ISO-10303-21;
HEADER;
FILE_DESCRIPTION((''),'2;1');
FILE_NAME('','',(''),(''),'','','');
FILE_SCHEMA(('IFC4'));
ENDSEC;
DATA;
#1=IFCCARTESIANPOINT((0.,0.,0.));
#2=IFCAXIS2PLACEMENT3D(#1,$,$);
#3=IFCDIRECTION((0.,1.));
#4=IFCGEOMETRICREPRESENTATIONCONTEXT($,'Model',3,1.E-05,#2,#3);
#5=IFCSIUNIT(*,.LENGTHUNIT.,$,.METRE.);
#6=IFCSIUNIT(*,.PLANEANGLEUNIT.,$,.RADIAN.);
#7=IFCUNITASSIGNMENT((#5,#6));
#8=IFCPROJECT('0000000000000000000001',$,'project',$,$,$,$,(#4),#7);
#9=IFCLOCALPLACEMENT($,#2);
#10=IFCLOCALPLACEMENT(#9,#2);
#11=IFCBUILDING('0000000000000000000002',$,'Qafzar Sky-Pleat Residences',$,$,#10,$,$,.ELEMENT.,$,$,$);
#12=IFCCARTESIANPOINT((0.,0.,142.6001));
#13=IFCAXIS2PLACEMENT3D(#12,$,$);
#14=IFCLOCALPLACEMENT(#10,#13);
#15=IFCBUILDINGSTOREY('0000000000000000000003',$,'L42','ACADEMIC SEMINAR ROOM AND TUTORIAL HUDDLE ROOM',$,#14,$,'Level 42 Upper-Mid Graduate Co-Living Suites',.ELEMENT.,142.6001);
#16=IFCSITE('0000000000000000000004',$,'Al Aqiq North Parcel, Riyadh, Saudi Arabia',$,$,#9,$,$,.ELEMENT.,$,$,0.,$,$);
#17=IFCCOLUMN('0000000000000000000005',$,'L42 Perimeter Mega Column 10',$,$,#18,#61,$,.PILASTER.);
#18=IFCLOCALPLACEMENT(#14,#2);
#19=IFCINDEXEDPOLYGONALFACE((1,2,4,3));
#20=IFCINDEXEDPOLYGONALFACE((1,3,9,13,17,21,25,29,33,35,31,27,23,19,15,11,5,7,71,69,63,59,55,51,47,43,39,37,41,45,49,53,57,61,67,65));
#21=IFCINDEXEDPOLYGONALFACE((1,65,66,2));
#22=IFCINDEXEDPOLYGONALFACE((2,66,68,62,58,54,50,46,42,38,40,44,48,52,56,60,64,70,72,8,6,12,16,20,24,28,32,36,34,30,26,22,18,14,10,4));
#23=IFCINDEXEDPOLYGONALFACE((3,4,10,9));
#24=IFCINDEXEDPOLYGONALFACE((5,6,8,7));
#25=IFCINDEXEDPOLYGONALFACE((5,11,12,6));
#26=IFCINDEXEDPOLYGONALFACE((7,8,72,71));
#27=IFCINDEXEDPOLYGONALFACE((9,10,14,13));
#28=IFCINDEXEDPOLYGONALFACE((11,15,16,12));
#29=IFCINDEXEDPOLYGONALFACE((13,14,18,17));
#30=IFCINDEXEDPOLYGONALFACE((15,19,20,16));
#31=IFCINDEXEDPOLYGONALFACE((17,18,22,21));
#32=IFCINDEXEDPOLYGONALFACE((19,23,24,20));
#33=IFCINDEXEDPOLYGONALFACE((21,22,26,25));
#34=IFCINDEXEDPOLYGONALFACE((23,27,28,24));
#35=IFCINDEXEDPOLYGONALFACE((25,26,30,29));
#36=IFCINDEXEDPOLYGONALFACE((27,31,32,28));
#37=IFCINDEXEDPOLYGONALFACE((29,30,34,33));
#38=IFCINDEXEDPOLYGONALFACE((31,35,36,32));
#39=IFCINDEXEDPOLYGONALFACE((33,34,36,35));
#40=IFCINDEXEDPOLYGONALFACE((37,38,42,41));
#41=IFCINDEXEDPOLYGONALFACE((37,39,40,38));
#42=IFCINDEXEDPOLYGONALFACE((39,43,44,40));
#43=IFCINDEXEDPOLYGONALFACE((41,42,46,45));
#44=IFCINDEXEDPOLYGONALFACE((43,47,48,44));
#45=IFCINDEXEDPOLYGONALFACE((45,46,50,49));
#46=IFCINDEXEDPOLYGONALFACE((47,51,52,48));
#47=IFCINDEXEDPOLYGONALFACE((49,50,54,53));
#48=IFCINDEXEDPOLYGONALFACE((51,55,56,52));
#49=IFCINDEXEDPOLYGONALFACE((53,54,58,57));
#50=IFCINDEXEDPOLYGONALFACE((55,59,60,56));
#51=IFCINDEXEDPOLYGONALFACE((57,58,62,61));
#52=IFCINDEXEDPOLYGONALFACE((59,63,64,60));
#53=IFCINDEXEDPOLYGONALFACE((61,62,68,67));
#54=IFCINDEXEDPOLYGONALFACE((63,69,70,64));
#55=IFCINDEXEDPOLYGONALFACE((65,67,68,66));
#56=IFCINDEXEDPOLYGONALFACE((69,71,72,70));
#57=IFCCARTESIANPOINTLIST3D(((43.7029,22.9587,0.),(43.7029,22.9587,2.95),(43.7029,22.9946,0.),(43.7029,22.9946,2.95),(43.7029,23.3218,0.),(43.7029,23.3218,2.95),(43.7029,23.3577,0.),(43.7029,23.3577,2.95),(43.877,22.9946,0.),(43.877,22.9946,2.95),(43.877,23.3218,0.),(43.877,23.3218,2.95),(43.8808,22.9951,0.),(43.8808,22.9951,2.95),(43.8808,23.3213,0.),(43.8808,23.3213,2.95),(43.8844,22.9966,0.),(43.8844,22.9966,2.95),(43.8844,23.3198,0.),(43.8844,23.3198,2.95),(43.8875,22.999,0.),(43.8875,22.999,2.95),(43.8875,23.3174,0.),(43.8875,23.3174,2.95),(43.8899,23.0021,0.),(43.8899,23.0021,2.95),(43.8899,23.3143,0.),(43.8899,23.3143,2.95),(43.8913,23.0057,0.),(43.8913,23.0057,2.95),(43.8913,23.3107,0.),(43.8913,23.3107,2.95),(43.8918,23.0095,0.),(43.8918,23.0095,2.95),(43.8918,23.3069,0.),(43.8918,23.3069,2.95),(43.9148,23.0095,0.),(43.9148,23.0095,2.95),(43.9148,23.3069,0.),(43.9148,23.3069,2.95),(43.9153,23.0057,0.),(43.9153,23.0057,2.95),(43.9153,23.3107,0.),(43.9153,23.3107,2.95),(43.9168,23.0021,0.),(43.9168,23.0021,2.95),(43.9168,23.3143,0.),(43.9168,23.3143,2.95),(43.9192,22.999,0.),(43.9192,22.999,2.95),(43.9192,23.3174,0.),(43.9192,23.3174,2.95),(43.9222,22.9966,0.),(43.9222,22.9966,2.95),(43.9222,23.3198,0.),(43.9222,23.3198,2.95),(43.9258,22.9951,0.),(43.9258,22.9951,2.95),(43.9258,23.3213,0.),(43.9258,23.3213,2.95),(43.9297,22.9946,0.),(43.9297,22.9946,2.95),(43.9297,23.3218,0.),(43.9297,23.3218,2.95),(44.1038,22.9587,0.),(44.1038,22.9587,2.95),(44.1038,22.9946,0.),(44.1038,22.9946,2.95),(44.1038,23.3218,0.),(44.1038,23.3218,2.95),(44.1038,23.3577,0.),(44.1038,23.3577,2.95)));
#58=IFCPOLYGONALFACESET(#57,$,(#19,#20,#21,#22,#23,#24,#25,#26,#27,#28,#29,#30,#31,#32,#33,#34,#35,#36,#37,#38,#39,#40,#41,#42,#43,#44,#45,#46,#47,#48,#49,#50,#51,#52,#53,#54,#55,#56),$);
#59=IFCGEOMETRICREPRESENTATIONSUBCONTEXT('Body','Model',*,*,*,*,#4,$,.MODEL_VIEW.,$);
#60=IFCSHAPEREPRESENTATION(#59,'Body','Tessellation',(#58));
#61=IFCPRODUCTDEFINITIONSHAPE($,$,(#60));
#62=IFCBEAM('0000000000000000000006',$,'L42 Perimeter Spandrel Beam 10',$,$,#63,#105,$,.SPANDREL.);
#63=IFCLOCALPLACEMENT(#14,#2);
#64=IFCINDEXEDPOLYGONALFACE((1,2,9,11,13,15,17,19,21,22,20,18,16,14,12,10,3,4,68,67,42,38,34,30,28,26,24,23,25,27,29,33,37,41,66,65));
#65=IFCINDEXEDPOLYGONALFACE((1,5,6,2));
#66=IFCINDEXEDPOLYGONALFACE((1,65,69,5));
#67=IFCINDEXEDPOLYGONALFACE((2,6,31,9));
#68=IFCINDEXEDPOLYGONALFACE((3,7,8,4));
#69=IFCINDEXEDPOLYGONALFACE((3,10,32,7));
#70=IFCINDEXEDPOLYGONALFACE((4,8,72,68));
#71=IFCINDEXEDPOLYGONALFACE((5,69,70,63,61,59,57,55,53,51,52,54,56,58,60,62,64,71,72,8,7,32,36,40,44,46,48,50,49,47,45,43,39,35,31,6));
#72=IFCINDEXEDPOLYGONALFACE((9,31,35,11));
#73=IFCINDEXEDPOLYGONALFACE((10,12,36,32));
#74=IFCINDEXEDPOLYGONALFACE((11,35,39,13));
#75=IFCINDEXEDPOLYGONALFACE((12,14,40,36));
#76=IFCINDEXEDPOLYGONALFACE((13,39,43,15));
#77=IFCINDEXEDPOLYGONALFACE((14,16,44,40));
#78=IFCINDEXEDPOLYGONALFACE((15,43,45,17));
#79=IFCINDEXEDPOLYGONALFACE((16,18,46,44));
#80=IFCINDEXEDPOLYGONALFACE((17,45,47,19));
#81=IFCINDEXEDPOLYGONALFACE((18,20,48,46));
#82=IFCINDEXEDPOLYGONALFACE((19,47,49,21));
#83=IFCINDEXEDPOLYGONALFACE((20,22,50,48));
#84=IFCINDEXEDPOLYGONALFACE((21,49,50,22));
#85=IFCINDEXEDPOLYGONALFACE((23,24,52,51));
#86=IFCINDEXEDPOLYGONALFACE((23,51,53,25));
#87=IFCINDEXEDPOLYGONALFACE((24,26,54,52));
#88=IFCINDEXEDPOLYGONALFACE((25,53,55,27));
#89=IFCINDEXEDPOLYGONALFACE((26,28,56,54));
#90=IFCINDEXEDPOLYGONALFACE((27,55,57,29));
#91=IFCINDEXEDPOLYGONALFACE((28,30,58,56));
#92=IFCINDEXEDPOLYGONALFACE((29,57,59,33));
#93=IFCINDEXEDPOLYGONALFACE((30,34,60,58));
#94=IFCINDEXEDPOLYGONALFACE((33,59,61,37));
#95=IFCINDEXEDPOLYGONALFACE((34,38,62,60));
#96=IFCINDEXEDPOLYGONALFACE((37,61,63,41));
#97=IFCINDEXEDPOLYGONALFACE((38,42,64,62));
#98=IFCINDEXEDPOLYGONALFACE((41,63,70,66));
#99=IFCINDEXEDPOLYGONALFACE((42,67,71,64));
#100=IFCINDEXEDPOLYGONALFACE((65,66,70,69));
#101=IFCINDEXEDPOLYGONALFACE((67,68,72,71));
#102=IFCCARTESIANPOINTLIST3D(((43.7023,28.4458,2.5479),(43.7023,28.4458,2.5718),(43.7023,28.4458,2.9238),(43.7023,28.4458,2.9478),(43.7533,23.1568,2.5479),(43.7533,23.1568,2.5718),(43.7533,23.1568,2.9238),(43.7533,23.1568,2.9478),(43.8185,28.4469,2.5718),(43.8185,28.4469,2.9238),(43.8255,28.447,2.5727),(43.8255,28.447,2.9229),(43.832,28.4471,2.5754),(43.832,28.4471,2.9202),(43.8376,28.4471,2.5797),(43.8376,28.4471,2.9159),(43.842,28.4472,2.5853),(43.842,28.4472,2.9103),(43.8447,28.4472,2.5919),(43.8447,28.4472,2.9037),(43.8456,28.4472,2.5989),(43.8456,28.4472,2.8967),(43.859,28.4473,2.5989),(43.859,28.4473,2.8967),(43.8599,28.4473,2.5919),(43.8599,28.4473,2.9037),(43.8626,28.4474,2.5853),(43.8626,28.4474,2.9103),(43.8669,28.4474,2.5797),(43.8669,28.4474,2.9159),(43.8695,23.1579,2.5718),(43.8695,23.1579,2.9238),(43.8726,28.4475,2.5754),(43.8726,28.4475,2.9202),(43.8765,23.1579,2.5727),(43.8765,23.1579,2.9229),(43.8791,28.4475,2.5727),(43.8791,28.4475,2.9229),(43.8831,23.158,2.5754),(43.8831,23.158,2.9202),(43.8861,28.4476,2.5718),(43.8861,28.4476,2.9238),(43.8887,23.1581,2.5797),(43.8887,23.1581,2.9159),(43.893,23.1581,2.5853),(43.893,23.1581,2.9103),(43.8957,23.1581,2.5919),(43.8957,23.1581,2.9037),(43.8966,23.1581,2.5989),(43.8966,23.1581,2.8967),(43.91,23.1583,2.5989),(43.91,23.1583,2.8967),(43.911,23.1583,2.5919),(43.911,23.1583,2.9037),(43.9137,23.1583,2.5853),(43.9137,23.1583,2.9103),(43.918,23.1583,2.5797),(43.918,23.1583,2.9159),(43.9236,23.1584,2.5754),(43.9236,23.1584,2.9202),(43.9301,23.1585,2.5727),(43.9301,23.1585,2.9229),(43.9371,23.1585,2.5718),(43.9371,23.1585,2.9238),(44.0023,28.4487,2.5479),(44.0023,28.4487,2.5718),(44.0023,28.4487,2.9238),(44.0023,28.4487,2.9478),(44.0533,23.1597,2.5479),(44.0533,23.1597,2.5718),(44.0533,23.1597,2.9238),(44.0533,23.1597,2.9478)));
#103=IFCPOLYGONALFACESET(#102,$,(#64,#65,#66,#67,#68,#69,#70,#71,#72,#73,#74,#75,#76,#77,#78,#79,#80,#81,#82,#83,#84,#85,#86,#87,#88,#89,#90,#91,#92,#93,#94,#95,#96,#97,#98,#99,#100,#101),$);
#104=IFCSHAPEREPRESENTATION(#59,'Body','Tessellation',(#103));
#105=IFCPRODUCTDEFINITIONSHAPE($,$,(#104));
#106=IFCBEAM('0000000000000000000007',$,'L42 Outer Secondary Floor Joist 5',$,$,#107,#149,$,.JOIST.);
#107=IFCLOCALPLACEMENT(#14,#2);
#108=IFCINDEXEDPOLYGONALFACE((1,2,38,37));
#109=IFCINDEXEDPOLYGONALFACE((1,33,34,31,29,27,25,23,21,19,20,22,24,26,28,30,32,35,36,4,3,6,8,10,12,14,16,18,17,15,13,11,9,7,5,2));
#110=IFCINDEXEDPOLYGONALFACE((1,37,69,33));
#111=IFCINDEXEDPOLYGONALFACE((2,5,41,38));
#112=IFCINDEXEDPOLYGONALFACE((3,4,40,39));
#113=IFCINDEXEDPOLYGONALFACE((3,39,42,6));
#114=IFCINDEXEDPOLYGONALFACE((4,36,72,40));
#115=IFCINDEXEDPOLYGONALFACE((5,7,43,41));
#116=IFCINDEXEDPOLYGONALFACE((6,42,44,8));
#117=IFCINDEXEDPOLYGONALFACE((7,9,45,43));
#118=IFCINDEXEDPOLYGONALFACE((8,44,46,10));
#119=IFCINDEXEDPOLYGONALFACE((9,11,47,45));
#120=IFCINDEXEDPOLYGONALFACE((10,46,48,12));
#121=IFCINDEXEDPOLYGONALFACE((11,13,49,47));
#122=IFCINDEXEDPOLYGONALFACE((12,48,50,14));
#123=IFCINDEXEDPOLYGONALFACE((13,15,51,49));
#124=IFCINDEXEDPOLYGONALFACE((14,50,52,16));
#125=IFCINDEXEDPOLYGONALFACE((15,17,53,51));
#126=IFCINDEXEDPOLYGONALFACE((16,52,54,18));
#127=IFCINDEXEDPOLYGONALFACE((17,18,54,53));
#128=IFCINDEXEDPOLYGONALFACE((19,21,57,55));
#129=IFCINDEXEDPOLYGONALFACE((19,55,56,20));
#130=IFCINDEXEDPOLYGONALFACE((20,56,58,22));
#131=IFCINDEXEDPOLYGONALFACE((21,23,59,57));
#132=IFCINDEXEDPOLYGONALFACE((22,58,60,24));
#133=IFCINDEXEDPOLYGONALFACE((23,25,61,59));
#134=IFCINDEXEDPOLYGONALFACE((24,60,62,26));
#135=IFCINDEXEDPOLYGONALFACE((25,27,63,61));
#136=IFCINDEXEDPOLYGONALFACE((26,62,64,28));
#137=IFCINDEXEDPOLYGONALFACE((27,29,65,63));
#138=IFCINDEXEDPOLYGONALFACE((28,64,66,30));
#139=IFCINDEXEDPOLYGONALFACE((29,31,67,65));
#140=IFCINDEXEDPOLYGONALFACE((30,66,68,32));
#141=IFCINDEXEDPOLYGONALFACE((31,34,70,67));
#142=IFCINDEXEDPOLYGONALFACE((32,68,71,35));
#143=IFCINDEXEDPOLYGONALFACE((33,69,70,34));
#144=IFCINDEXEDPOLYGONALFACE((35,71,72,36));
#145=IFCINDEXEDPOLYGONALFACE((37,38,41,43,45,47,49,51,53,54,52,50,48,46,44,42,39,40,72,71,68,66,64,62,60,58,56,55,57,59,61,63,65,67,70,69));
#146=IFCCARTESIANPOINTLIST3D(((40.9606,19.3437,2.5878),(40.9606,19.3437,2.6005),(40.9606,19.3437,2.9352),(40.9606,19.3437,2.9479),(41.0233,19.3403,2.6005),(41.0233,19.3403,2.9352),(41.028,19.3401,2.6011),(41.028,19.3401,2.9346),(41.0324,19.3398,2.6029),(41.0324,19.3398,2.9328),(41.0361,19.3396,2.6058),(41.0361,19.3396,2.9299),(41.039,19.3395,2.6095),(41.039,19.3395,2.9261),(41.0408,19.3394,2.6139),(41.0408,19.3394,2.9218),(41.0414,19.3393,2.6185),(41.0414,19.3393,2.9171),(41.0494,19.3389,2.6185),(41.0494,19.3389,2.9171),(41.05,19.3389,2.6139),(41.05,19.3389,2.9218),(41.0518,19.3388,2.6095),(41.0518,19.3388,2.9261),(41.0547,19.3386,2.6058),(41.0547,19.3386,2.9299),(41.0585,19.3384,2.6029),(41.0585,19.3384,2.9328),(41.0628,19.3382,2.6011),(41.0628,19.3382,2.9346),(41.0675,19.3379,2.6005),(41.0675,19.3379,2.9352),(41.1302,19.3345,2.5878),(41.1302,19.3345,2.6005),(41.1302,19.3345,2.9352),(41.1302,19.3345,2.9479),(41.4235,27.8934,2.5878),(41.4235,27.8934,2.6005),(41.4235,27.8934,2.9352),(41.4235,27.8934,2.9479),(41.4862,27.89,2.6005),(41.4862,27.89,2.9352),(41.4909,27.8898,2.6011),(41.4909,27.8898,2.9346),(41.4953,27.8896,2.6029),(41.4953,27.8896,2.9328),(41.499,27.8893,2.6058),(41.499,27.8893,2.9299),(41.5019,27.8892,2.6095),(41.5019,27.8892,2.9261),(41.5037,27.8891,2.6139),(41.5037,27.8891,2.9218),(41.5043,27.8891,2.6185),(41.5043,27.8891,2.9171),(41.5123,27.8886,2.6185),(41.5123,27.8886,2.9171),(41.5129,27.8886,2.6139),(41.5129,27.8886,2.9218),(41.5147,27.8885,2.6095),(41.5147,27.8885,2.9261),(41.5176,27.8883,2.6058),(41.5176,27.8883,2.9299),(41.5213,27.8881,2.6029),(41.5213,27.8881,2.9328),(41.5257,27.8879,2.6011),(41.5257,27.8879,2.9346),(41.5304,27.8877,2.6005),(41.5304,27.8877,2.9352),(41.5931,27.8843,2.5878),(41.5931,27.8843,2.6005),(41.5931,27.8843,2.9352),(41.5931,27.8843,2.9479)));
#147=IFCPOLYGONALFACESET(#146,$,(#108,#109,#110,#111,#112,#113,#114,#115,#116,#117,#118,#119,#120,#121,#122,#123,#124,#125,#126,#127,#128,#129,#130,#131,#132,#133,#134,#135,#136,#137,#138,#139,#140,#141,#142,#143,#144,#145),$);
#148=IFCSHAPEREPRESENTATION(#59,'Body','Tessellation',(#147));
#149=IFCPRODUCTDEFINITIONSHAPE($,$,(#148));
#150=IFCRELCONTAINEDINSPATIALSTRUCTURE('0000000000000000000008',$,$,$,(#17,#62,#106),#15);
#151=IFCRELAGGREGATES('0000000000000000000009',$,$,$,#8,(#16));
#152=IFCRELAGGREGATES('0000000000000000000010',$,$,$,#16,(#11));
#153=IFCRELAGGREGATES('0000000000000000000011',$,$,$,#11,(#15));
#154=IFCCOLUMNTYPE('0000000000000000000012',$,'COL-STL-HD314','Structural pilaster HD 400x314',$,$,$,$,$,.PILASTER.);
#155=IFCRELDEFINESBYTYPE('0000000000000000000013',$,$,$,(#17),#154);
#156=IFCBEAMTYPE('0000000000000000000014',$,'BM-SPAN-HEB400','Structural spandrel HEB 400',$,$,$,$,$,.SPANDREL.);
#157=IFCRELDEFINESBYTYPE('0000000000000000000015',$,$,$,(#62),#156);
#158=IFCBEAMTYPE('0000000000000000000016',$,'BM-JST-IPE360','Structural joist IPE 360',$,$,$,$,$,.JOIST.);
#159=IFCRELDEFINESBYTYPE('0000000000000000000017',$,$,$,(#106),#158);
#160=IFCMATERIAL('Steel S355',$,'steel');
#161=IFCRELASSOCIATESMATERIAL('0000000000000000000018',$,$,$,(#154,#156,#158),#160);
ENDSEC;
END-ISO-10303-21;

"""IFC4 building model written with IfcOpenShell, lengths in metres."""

from ifc_helpers import new_model, si_unit, direction, frame, origin, origin_2d, place, context, subcontext, project, spatial, i_section, extrude, source, transform, mapped, material, material_profile, profile_set, type_object, element, save


model = new_model("IFC4")

# Units and contexts
model_context = context("Model", 3, precision=1e-05, world=origin(), true_north=direction((0.0, 1.0)))
body_context = subcontext(model_context, "Body", "Model", "MODEL_VIEW")
ifc_project = project(units=[si_unit("LENGTHUNIT", "METRE"), si_unit("PLANEANGLEUNIT", "RADIAN")], contexts=[model_context])

# Site, building, storey
site_placement = place(None, origin())
site = spatial("IfcSite", under=ifc_project, at=site_placement, Name="Al Aqiq North Parcel, Riyadh, Saudi Arabia", CompositionType="ELEMENT", RefElevation=0.0)
building_placement = place(site_placement, origin())
building = spatial("IfcBuilding", under=site, at=building_placement, Name="Qafzar Sky-Pleat Residences", CompositionType="ELEMENT")
storey_placement = place(building_placement, frame((0.0, 0.0, 142.6001)))
storey = spatial("IfcBuildingStorey", under=building, at=storey_placement, Name="L42", Description="ACADEMIC SEMINAR ROOM AND TUTORIAL HUDDLE ROOM", LongName="Level 42 Upper-Mid Graduate Co-Living Suites", CompositionType="ELEMENT", Elevation=142.6001)

# Column
ifc_material_1 = material(Name="Steel S355", Category="steel")
ifc_material_profile_1 = material_profile(ifc_material_1, i_section(OverallWidth=0.4009, OverallDepth=0.3989, WebThickness=0.0229, FlangeThickness=0.0359, FilletRadius=0.0149, at=origin_2d()), Name="HD 400x314")
ifc_profile_set_1 = profile_set([ifc_material_profile_1], Name="Steel S355")
column_type = type_object("IfcColumnType", Name="COL-STL-HD314", Description="Structural pilaster HD 400x314", PredefinedType="PILASTER", material=ifc_profile_set_1)
shared_shape_1 = source(origin(), body_context, "Body", "SweptSolid", [
    extrude(i_section(OverallWidth=0.4009, OverallDepth=0.3989, WebThickness=0.0229, FlangeThickness=0.0359, FilletRadius=0.0149, at=origin_2d()), origin(), (0.0, 0.0, 1.0), 2.95),
])
column_placement = place(storey_placement, frame((43.9033, 23.1582, 0.0), z_axis=(0.0, 0.0, 1.0), x_axis=(1.0, 0.0, 0.0)))
element("IfcColumn", 1, at=column_placement, inside=storey, type_object=column_type, Name="L42 Perimeter Mega Column 10", PredefinedType="PILASTER", context=body_context, shape_type="MappedRepresentation", body=[
    mapped(shared_shape_1, transform((0.0, 0.0, 0.0), x_axis=(1.0, 0.0, 0.0), y_axis=(0.0, 1.0, 0.0), z_axis=(0.0, 0.0, 1.0), scale=1.0)),
])

# Beams
ifc_material_profile_2 = material_profile(ifc_material_1, i_section(OverallWidth=0.3, OverallDepth=0.3999, WebThickness=0.0134, FlangeThickness=0.0239, FilletRadius=0.0271, at=origin_2d()), Name="HEB 400")
ifc_profile_set_2 = profile_set([ifc_material_profile_2], Name="Steel S355")
beam_type_1 = type_object("IfcBeamType", Name="BM-SPAN-HEB400", Description="Structural spandrel HEB 400", PredefinedType="SPANDREL", material=ifc_profile_set_2)
shared_shape_2 = source(origin(), body_context, "Body", "SweptSolid", [
    extrude(i_section(OverallWidth=0.3, OverallDepth=0.3999, WebThickness=0.0134, FlangeThickness=0.0239, FilletRadius=0.0271, at=origin_2d()), origin(), (0.0, 0.0, 1.0), 5.2893),
])
beam_1_placement = place(storey_placement, frame((43.9033, 23.1582, 2.7478), z_axis=(-0.009647, 0.999953, 0.0), x_axis=(-0.999953, -0.009647, 0.0)))
element("IfcBeam", 2, at=beam_1_placement, inside=storey, type_object=beam_type_1, Name="L42 Perimeter Spandrel Beam 10", PredefinedType="SPANDREL", context=body_context, shape_type="MappedRepresentation", body=[
    mapped(shared_shape_2, transform((0.0, 0.0, 0.0), x_axis=(1.0, 0.0, 0.0), y_axis=(0.0, 1.0, 0.0), z_axis=(0.0, 0.0, 1.0), scale=1.0)),
])
ifc_material_profile_3 = material_profile(ifc_material_1, i_section(OverallWidth=0.1699, OverallDepth=0.3601, WebThickness=0.0081, FlangeThickness=0.0127, FilletRadius=0.0181, at=origin_2d()), Name="IPE 360")
ifc_profile_set_3 = profile_set([ifc_material_profile_3], Name="Steel S355")
beam_type_2 = type_object("IfcBeamType", Name="BM-JST-IPE360", Description="Structural joist IPE 360", PredefinedType="JOIST", material=ifc_profile_set_3)
shared_shape_3 = source(origin(), body_context, "Body", "SweptSolid", [
    extrude(i_section(OverallWidth=0.1699, OverallDepth=0.3601, WebThickness=0.0081, FlangeThickness=0.0127, FilletRadius=0.0181, at=origin_2d()), origin(), (0.0, 0.0, 1.0), 8.5623),
])
beam_2_placement = place(storey_placement, frame((41.0454, 19.3391, 2.7678), z_axis=(0.054061, 0.998538, 0.0), x_axis=(-0.998538, 0.054061, 0.0)))
element("IfcBeam", 3, at=beam_2_placement, inside=storey, type_object=beam_type_2, Name="L42 Outer Secondary Floor Joist 5", PredefinedType="JOIST", context=body_context, shape_type="MappedRepresentation", body=[
    mapped(shared_shape_3, transform((0.0, 0.0, 0.0), x_axis=(1.0, 0.0, 0.0), y_axis=(0.0, 1.0, 0.0), z_axis=(0.0, 0.0, 1.0), scale=1.0)),
])

save(model, "model.ifc")
